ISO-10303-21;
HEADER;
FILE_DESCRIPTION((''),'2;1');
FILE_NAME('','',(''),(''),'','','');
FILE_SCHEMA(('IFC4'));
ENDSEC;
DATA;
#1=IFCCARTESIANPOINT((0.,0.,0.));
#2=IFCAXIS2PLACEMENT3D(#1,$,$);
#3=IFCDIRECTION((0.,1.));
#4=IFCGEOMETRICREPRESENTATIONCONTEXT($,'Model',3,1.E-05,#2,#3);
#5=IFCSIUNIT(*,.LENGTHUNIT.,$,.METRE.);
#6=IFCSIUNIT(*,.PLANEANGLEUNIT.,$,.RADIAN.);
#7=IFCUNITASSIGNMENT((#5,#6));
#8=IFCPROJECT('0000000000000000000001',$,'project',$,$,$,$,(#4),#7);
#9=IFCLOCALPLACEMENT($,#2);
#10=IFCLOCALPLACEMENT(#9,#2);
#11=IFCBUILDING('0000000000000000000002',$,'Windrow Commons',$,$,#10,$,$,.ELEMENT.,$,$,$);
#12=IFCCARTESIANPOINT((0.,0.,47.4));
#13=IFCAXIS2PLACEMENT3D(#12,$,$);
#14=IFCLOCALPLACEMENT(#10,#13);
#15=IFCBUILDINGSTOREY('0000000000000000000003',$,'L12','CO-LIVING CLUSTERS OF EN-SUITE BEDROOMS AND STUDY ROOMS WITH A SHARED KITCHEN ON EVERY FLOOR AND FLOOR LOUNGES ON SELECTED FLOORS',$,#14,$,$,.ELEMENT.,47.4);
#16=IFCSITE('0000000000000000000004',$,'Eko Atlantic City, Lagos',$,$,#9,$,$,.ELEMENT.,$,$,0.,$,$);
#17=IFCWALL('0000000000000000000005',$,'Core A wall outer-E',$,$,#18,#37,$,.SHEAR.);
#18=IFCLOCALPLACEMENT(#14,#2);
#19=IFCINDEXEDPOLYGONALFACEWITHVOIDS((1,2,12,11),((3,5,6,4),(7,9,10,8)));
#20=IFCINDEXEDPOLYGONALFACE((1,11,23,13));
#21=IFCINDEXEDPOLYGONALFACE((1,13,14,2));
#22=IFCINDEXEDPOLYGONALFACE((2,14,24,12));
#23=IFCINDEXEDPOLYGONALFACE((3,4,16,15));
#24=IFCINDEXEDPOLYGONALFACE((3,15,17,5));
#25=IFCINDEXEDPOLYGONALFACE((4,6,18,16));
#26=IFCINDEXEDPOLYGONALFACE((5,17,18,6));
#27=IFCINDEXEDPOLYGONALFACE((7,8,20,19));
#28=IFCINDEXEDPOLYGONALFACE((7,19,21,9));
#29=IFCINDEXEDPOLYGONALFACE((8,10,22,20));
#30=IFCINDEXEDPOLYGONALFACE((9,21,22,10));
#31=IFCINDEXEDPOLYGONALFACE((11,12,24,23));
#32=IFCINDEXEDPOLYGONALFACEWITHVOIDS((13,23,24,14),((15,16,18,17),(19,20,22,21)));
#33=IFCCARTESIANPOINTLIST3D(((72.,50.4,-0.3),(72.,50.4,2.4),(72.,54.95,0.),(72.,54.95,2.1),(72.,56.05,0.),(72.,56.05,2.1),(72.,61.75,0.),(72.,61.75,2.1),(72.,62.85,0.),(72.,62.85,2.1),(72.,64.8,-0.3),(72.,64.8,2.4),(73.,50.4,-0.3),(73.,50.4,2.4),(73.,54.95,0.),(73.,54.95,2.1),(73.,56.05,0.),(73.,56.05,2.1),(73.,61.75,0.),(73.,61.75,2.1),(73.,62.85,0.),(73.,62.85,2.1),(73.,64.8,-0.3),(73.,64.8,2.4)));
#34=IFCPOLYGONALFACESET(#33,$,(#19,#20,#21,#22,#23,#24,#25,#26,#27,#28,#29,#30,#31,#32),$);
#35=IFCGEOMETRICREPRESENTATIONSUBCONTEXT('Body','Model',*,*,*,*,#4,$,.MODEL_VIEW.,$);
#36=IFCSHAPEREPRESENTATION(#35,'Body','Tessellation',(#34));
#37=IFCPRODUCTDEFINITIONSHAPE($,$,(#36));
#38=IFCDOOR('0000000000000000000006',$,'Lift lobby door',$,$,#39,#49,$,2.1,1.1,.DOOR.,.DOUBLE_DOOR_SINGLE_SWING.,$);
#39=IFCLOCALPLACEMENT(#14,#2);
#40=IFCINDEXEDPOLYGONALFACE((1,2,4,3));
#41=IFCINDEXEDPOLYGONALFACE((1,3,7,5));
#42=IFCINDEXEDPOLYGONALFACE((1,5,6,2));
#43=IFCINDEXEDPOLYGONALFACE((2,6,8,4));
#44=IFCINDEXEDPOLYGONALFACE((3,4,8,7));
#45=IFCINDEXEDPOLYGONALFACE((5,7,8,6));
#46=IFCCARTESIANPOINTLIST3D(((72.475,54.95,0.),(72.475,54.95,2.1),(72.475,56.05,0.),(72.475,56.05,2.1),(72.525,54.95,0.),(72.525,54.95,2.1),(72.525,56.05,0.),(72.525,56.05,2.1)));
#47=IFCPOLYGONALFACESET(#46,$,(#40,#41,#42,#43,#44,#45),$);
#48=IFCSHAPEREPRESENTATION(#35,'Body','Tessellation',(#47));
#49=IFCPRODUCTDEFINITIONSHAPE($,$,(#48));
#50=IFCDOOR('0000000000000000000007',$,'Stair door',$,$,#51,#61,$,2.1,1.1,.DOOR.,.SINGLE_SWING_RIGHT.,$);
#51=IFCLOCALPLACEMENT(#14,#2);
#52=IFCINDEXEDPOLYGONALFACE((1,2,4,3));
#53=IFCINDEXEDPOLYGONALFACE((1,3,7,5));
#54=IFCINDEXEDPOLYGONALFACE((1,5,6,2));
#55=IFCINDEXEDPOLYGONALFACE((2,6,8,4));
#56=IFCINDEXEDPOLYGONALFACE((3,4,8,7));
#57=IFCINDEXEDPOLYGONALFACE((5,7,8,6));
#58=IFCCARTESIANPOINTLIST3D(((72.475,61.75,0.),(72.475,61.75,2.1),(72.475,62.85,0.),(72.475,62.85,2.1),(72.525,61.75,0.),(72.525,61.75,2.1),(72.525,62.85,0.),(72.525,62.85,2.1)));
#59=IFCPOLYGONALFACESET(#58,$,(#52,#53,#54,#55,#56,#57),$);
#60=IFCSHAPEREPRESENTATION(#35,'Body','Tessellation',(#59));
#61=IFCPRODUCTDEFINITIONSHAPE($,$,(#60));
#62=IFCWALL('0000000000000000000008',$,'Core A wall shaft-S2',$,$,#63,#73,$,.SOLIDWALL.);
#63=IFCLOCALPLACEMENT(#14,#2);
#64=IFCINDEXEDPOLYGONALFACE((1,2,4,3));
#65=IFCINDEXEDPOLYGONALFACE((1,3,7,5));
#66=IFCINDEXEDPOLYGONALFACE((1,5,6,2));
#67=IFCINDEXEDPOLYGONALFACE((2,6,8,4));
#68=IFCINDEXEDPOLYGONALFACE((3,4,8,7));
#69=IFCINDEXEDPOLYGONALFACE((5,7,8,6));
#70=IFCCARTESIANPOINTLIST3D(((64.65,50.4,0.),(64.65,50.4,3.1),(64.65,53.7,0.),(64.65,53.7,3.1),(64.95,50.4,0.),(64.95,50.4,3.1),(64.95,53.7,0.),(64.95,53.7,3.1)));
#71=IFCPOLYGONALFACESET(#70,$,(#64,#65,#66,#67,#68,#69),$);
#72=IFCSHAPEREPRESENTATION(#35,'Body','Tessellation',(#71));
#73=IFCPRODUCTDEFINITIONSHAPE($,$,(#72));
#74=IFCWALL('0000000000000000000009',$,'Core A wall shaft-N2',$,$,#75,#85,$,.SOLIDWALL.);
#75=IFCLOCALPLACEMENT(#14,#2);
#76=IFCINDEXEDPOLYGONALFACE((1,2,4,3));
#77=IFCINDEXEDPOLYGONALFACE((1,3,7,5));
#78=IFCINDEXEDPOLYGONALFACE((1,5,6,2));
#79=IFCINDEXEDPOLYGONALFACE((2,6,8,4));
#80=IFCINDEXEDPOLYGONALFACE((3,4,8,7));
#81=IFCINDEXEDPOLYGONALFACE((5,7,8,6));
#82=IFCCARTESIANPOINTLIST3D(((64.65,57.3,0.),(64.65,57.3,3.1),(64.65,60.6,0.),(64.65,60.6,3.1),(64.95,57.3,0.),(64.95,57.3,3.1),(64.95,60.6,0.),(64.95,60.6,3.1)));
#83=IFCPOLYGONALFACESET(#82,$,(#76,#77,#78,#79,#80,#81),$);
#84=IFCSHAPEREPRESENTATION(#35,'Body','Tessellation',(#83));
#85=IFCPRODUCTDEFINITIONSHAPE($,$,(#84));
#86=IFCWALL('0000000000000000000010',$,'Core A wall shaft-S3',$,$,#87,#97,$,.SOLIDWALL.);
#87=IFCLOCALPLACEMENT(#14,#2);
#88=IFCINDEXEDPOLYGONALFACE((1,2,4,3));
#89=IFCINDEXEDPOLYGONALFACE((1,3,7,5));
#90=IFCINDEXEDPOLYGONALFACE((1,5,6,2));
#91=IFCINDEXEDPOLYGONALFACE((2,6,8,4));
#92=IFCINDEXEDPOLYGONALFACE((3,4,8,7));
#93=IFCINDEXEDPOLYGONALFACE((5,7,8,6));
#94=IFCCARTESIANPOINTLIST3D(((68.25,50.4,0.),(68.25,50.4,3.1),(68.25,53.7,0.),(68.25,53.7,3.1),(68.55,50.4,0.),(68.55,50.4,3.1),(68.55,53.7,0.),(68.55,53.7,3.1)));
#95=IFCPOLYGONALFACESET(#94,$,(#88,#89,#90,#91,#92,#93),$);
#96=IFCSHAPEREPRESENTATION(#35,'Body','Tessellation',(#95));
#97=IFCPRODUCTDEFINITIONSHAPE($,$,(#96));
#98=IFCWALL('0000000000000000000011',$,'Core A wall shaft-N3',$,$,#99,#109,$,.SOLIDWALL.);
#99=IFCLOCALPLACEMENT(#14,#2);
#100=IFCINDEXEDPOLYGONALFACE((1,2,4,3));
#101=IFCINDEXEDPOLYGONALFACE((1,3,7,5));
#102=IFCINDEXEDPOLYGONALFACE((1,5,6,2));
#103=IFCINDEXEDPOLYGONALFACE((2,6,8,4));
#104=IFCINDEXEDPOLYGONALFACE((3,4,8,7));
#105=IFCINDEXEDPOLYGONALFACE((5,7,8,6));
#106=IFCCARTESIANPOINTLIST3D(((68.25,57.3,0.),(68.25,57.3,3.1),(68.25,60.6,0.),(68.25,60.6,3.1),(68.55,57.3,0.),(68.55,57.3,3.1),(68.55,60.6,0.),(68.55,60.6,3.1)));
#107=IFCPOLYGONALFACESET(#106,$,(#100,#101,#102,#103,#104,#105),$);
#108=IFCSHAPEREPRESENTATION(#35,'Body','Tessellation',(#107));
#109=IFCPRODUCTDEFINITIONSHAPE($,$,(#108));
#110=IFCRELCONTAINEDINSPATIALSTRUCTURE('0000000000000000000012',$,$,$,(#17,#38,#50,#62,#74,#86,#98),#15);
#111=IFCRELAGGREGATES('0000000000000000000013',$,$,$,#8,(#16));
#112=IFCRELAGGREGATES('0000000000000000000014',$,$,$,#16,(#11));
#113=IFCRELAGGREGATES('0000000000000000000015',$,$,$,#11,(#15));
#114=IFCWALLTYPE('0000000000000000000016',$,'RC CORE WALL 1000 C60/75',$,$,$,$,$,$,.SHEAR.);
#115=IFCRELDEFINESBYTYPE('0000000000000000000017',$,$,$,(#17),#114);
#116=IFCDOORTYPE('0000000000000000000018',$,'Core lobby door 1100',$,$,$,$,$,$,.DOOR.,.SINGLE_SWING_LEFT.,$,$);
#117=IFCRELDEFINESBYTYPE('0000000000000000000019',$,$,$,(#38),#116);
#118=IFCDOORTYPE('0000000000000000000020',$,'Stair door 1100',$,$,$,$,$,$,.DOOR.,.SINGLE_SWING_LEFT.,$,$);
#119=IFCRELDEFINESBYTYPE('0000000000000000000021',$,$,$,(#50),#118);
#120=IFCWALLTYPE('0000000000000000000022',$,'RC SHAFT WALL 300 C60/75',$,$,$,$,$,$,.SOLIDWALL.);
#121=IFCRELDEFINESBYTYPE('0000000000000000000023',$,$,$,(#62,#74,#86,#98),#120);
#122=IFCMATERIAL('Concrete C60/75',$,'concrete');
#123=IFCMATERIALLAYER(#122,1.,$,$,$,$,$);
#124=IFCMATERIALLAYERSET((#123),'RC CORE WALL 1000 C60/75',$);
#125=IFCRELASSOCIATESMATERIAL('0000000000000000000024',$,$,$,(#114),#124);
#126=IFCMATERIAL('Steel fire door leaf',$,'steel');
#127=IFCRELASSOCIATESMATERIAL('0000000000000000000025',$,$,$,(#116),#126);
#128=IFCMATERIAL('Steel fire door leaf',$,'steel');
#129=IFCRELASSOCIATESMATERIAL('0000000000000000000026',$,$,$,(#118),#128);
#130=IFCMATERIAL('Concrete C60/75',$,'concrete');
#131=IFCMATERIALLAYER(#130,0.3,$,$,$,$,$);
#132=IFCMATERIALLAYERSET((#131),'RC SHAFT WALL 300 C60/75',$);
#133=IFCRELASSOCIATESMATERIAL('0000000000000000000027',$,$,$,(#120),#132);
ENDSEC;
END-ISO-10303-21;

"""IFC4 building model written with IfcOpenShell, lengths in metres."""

from ifc_helpers import new_model, si_unit, direction, frame, frame_2d, origin, place, context, subcontext, project, spatial, rectangle, extrude, material, layer, layer_set, type_object, element, fill, save


model = new_model("IFC4")

# Units and contexts
model_context = context("Model", 3, precision=1e-05, world=origin(), true_north=direction((0.0, 1.0)))
body_context = subcontext(model_context, "Body", "Model", "MODEL_VIEW")
ifc_project = project(units=[si_unit("LENGTHUNIT", "METRE"), si_unit("PLANEANGLEUNIT", "RADIAN")], contexts=[model_context])

# Site, building, storey
site_placement = place(None, origin())
site = spatial("IfcSite", under=ifc_project, at=site_placement, Name="Eko Atlantic City, Lagos", CompositionType="ELEMENT", RefElevation=0.0)
building_placement = place(site_placement, origin())
building = spatial("IfcBuilding", under=site, at=building_placement, Name="Windrow Commons", CompositionType="ELEMENT")
storey_placement = place(building_placement, frame((0.0, 0.0, 47.4)))
storey = spatial("IfcBuildingStorey", under=building, at=storey_placement, Name="L12", Description="CO-LIVING CLUSTERS OF EN-SUITE BEDROOMS AND STUDY ROOMS WITH A SHARED KITCHEN ON EVERY FLOOR AND FLOOR LOUNGES ON SELECTED FLOORS", CompositionType="ELEMENT", Elevation=47.4)

# Wall, openings, doors
ifc_material_1 = material(Name="Concrete C60/75", Category="concrete")
ifc_layer_1 = layer(ifc_material_1, 1.0)
ifc_layer_set_1 = layer_set([ifc_layer_1], Name="RC CORE WALL 1000 C60/75")
wall_type_1 = type_object("IfcWallType", Name="RC CORE WALL 1000 C60/75", PredefinedType="SHEAR", material=ifc_layer_set_1)
wall_1_placement = place(storey_placement, frame((72.5, 50.4, -0.3), z_axis=(0.0, 0.0, 1.0), x_axis=(0.0, 1.0, 0.0)))
wall_1 = element("IfcWall", 1, at=wall_1_placement, inside=storey, type_object=wall_type_1, Name="Core A wall outer-E", PredefinedType="SHEAR", context=body_context, shape_type="SweptSolid", body=[
    extrude(rectangle(XDim=14.4, YDim=1.0, at=frame_2d((7.2, 0.0))), origin(), (0.0, 0.0, 1.0), 2.7),
])
opening_1_placement = place(wall_1_placement, frame((4.55, 0.0, 0.3)))
opening_1 = element("IfcOpeningElement", 2, at=opening_1_placement, cuts=wall_1, PredefinedType="OPENING", context=body_context, shape_type="SweptSolid", body=[
    extrude(rectangle(XDim=1.1, YDim=2.1, at=frame_2d((0.55, 1.05))), frame((0.0, 0.51, 0.0), z_axis=(0.0, -1.0, 0.0), x_axis=(1.0, 0.0, 0.0)), (0.0, 0.0, 1.0), 1.02),
])
opening_2_placement = place(wall_1_placement, frame((11.35, 0.0, 0.3)))
opening_2 = element("IfcOpeningElement", 3, at=opening_2_placement, cuts=wall_1, PredefinedType="OPENING", context=body_context, shape_type="SweptSolid", body=[
    extrude(rectangle(XDim=1.1, YDim=2.1, at=frame_2d((0.55, 1.05))), frame((0.0, 0.51, 0.0), z_axis=(0.0, -1.0, 0.0), x_axis=(1.0, 0.0, 0.0)), (0.0, 0.0, 1.0), 1.02),
])
ifc_material_2 = material(Name="Steel fire door leaf", Category="steel")
door_type_1 = type_object("IfcDoorType", Name="Core lobby door 1100", OperationType="SINGLE_SWING_LEFT", PredefinedType="DOOR", material=ifc_material_2)
door_1_placement = place(opening_1_placement, origin())
door_1 = element("IfcDoor", 4, at=door_1_placement, inside=storey, type_object=door_type_1, Name="Lift lobby door", OperationType="DOUBLE_DOOR_SINGLE_SWING", OverallHeight=2.1, OverallWidth=1.1, PredefinedType="DOOR", context=body_context, shape_type="SweptSolid", body=[
    extrude(rectangle(XDim=1.1, YDim=2.1, at=frame_2d((0.55, 1.05))), frame((0.0, 0.025, 0.0), z_axis=(0.0, -1.0, 0.0), x_axis=(1.0, 0.0, 0.0)), (0.0, 0.0, 1.0), 0.05),
])
fill(opening_1, door_1)
ifc_material_3 = material(Name="Steel fire door leaf", Category="steel")
door_type_2 = type_object("IfcDoorType", Name="Stair door 1100", OperationType="SINGLE_SWING_LEFT", PredefinedType="DOOR", material=ifc_material_3)
door_2_placement = place(opening_2_placement, origin())
door_2 = element("IfcDoor", 5, at=door_2_placement, inside=storey, type_object=door_type_2, Name="Stair door", OperationType="SINGLE_SWING_RIGHT", OverallHeight=2.1, OverallWidth=1.1, PredefinedType="DOOR", context=body_context, shape_type="SweptSolid", body=[
    extrude(rectangle(XDim=1.1, YDim=2.1, at=frame_2d((0.55, 1.05))), frame((0.0, 0.025, 0.0), z_axis=(0.0, -1.0, 0.0), x_axis=(1.0, 0.0, 0.0)), (0.0, 0.0, 1.0), 0.05),
])
fill(opening_2, door_2)

# Walls
ifc_material_4 = material(Name="Concrete C60/75", Category="concrete")
ifc_layer_2 = layer(ifc_material_4, 0.3)
ifc_layer_set_2 = layer_set([ifc_layer_2], Name="RC SHAFT WALL 300 C60/75")
wall_type_2 = type_object("IfcWallType", Name="RC SHAFT WALL 300 C60/75", PredefinedType="SOLIDWALL", material=ifc_layer_set_2)
for number, where, z_axis, x_axis, name in (
    (6, (64.8, 50.4, 0.0), (0.0, 0.0, 1.0), (0.0, 1.0, 0.0), "Core A wall shaft-S2"),
    (7, (64.8, 57.3, 0.0), (0.0, 0.0, 1.0), (0.0, 1.0, 0.0), "Core A wall shaft-N2"),
    (8, (68.4, 50.4, 0.0), (0.0, 0.0, 1.0), (0.0, 1.0, 0.0), "Core A wall shaft-S3"),
    (9, (68.4, 57.3, 0.0), (0.0, 0.0, 1.0), (0.0, 1.0, 0.0), "Core A wall shaft-N3"),
):
    element("IfcWall", number, at=place(storey_placement, frame(where, z_axis=z_axis, x_axis=x_axis)), inside=storey, type_object=wall_type_2, Name=name, PredefinedType="SOLIDWALL", context=body_context, shape_type="SweptSolid", body=[
        extrude(rectangle(XDim=3.3, YDim=0.3, at=frame_2d((1.65, 0.0))), origin(), (0.0, 0.0, 1.0), 3.1),
    ])

save(model, "model.ifc")
